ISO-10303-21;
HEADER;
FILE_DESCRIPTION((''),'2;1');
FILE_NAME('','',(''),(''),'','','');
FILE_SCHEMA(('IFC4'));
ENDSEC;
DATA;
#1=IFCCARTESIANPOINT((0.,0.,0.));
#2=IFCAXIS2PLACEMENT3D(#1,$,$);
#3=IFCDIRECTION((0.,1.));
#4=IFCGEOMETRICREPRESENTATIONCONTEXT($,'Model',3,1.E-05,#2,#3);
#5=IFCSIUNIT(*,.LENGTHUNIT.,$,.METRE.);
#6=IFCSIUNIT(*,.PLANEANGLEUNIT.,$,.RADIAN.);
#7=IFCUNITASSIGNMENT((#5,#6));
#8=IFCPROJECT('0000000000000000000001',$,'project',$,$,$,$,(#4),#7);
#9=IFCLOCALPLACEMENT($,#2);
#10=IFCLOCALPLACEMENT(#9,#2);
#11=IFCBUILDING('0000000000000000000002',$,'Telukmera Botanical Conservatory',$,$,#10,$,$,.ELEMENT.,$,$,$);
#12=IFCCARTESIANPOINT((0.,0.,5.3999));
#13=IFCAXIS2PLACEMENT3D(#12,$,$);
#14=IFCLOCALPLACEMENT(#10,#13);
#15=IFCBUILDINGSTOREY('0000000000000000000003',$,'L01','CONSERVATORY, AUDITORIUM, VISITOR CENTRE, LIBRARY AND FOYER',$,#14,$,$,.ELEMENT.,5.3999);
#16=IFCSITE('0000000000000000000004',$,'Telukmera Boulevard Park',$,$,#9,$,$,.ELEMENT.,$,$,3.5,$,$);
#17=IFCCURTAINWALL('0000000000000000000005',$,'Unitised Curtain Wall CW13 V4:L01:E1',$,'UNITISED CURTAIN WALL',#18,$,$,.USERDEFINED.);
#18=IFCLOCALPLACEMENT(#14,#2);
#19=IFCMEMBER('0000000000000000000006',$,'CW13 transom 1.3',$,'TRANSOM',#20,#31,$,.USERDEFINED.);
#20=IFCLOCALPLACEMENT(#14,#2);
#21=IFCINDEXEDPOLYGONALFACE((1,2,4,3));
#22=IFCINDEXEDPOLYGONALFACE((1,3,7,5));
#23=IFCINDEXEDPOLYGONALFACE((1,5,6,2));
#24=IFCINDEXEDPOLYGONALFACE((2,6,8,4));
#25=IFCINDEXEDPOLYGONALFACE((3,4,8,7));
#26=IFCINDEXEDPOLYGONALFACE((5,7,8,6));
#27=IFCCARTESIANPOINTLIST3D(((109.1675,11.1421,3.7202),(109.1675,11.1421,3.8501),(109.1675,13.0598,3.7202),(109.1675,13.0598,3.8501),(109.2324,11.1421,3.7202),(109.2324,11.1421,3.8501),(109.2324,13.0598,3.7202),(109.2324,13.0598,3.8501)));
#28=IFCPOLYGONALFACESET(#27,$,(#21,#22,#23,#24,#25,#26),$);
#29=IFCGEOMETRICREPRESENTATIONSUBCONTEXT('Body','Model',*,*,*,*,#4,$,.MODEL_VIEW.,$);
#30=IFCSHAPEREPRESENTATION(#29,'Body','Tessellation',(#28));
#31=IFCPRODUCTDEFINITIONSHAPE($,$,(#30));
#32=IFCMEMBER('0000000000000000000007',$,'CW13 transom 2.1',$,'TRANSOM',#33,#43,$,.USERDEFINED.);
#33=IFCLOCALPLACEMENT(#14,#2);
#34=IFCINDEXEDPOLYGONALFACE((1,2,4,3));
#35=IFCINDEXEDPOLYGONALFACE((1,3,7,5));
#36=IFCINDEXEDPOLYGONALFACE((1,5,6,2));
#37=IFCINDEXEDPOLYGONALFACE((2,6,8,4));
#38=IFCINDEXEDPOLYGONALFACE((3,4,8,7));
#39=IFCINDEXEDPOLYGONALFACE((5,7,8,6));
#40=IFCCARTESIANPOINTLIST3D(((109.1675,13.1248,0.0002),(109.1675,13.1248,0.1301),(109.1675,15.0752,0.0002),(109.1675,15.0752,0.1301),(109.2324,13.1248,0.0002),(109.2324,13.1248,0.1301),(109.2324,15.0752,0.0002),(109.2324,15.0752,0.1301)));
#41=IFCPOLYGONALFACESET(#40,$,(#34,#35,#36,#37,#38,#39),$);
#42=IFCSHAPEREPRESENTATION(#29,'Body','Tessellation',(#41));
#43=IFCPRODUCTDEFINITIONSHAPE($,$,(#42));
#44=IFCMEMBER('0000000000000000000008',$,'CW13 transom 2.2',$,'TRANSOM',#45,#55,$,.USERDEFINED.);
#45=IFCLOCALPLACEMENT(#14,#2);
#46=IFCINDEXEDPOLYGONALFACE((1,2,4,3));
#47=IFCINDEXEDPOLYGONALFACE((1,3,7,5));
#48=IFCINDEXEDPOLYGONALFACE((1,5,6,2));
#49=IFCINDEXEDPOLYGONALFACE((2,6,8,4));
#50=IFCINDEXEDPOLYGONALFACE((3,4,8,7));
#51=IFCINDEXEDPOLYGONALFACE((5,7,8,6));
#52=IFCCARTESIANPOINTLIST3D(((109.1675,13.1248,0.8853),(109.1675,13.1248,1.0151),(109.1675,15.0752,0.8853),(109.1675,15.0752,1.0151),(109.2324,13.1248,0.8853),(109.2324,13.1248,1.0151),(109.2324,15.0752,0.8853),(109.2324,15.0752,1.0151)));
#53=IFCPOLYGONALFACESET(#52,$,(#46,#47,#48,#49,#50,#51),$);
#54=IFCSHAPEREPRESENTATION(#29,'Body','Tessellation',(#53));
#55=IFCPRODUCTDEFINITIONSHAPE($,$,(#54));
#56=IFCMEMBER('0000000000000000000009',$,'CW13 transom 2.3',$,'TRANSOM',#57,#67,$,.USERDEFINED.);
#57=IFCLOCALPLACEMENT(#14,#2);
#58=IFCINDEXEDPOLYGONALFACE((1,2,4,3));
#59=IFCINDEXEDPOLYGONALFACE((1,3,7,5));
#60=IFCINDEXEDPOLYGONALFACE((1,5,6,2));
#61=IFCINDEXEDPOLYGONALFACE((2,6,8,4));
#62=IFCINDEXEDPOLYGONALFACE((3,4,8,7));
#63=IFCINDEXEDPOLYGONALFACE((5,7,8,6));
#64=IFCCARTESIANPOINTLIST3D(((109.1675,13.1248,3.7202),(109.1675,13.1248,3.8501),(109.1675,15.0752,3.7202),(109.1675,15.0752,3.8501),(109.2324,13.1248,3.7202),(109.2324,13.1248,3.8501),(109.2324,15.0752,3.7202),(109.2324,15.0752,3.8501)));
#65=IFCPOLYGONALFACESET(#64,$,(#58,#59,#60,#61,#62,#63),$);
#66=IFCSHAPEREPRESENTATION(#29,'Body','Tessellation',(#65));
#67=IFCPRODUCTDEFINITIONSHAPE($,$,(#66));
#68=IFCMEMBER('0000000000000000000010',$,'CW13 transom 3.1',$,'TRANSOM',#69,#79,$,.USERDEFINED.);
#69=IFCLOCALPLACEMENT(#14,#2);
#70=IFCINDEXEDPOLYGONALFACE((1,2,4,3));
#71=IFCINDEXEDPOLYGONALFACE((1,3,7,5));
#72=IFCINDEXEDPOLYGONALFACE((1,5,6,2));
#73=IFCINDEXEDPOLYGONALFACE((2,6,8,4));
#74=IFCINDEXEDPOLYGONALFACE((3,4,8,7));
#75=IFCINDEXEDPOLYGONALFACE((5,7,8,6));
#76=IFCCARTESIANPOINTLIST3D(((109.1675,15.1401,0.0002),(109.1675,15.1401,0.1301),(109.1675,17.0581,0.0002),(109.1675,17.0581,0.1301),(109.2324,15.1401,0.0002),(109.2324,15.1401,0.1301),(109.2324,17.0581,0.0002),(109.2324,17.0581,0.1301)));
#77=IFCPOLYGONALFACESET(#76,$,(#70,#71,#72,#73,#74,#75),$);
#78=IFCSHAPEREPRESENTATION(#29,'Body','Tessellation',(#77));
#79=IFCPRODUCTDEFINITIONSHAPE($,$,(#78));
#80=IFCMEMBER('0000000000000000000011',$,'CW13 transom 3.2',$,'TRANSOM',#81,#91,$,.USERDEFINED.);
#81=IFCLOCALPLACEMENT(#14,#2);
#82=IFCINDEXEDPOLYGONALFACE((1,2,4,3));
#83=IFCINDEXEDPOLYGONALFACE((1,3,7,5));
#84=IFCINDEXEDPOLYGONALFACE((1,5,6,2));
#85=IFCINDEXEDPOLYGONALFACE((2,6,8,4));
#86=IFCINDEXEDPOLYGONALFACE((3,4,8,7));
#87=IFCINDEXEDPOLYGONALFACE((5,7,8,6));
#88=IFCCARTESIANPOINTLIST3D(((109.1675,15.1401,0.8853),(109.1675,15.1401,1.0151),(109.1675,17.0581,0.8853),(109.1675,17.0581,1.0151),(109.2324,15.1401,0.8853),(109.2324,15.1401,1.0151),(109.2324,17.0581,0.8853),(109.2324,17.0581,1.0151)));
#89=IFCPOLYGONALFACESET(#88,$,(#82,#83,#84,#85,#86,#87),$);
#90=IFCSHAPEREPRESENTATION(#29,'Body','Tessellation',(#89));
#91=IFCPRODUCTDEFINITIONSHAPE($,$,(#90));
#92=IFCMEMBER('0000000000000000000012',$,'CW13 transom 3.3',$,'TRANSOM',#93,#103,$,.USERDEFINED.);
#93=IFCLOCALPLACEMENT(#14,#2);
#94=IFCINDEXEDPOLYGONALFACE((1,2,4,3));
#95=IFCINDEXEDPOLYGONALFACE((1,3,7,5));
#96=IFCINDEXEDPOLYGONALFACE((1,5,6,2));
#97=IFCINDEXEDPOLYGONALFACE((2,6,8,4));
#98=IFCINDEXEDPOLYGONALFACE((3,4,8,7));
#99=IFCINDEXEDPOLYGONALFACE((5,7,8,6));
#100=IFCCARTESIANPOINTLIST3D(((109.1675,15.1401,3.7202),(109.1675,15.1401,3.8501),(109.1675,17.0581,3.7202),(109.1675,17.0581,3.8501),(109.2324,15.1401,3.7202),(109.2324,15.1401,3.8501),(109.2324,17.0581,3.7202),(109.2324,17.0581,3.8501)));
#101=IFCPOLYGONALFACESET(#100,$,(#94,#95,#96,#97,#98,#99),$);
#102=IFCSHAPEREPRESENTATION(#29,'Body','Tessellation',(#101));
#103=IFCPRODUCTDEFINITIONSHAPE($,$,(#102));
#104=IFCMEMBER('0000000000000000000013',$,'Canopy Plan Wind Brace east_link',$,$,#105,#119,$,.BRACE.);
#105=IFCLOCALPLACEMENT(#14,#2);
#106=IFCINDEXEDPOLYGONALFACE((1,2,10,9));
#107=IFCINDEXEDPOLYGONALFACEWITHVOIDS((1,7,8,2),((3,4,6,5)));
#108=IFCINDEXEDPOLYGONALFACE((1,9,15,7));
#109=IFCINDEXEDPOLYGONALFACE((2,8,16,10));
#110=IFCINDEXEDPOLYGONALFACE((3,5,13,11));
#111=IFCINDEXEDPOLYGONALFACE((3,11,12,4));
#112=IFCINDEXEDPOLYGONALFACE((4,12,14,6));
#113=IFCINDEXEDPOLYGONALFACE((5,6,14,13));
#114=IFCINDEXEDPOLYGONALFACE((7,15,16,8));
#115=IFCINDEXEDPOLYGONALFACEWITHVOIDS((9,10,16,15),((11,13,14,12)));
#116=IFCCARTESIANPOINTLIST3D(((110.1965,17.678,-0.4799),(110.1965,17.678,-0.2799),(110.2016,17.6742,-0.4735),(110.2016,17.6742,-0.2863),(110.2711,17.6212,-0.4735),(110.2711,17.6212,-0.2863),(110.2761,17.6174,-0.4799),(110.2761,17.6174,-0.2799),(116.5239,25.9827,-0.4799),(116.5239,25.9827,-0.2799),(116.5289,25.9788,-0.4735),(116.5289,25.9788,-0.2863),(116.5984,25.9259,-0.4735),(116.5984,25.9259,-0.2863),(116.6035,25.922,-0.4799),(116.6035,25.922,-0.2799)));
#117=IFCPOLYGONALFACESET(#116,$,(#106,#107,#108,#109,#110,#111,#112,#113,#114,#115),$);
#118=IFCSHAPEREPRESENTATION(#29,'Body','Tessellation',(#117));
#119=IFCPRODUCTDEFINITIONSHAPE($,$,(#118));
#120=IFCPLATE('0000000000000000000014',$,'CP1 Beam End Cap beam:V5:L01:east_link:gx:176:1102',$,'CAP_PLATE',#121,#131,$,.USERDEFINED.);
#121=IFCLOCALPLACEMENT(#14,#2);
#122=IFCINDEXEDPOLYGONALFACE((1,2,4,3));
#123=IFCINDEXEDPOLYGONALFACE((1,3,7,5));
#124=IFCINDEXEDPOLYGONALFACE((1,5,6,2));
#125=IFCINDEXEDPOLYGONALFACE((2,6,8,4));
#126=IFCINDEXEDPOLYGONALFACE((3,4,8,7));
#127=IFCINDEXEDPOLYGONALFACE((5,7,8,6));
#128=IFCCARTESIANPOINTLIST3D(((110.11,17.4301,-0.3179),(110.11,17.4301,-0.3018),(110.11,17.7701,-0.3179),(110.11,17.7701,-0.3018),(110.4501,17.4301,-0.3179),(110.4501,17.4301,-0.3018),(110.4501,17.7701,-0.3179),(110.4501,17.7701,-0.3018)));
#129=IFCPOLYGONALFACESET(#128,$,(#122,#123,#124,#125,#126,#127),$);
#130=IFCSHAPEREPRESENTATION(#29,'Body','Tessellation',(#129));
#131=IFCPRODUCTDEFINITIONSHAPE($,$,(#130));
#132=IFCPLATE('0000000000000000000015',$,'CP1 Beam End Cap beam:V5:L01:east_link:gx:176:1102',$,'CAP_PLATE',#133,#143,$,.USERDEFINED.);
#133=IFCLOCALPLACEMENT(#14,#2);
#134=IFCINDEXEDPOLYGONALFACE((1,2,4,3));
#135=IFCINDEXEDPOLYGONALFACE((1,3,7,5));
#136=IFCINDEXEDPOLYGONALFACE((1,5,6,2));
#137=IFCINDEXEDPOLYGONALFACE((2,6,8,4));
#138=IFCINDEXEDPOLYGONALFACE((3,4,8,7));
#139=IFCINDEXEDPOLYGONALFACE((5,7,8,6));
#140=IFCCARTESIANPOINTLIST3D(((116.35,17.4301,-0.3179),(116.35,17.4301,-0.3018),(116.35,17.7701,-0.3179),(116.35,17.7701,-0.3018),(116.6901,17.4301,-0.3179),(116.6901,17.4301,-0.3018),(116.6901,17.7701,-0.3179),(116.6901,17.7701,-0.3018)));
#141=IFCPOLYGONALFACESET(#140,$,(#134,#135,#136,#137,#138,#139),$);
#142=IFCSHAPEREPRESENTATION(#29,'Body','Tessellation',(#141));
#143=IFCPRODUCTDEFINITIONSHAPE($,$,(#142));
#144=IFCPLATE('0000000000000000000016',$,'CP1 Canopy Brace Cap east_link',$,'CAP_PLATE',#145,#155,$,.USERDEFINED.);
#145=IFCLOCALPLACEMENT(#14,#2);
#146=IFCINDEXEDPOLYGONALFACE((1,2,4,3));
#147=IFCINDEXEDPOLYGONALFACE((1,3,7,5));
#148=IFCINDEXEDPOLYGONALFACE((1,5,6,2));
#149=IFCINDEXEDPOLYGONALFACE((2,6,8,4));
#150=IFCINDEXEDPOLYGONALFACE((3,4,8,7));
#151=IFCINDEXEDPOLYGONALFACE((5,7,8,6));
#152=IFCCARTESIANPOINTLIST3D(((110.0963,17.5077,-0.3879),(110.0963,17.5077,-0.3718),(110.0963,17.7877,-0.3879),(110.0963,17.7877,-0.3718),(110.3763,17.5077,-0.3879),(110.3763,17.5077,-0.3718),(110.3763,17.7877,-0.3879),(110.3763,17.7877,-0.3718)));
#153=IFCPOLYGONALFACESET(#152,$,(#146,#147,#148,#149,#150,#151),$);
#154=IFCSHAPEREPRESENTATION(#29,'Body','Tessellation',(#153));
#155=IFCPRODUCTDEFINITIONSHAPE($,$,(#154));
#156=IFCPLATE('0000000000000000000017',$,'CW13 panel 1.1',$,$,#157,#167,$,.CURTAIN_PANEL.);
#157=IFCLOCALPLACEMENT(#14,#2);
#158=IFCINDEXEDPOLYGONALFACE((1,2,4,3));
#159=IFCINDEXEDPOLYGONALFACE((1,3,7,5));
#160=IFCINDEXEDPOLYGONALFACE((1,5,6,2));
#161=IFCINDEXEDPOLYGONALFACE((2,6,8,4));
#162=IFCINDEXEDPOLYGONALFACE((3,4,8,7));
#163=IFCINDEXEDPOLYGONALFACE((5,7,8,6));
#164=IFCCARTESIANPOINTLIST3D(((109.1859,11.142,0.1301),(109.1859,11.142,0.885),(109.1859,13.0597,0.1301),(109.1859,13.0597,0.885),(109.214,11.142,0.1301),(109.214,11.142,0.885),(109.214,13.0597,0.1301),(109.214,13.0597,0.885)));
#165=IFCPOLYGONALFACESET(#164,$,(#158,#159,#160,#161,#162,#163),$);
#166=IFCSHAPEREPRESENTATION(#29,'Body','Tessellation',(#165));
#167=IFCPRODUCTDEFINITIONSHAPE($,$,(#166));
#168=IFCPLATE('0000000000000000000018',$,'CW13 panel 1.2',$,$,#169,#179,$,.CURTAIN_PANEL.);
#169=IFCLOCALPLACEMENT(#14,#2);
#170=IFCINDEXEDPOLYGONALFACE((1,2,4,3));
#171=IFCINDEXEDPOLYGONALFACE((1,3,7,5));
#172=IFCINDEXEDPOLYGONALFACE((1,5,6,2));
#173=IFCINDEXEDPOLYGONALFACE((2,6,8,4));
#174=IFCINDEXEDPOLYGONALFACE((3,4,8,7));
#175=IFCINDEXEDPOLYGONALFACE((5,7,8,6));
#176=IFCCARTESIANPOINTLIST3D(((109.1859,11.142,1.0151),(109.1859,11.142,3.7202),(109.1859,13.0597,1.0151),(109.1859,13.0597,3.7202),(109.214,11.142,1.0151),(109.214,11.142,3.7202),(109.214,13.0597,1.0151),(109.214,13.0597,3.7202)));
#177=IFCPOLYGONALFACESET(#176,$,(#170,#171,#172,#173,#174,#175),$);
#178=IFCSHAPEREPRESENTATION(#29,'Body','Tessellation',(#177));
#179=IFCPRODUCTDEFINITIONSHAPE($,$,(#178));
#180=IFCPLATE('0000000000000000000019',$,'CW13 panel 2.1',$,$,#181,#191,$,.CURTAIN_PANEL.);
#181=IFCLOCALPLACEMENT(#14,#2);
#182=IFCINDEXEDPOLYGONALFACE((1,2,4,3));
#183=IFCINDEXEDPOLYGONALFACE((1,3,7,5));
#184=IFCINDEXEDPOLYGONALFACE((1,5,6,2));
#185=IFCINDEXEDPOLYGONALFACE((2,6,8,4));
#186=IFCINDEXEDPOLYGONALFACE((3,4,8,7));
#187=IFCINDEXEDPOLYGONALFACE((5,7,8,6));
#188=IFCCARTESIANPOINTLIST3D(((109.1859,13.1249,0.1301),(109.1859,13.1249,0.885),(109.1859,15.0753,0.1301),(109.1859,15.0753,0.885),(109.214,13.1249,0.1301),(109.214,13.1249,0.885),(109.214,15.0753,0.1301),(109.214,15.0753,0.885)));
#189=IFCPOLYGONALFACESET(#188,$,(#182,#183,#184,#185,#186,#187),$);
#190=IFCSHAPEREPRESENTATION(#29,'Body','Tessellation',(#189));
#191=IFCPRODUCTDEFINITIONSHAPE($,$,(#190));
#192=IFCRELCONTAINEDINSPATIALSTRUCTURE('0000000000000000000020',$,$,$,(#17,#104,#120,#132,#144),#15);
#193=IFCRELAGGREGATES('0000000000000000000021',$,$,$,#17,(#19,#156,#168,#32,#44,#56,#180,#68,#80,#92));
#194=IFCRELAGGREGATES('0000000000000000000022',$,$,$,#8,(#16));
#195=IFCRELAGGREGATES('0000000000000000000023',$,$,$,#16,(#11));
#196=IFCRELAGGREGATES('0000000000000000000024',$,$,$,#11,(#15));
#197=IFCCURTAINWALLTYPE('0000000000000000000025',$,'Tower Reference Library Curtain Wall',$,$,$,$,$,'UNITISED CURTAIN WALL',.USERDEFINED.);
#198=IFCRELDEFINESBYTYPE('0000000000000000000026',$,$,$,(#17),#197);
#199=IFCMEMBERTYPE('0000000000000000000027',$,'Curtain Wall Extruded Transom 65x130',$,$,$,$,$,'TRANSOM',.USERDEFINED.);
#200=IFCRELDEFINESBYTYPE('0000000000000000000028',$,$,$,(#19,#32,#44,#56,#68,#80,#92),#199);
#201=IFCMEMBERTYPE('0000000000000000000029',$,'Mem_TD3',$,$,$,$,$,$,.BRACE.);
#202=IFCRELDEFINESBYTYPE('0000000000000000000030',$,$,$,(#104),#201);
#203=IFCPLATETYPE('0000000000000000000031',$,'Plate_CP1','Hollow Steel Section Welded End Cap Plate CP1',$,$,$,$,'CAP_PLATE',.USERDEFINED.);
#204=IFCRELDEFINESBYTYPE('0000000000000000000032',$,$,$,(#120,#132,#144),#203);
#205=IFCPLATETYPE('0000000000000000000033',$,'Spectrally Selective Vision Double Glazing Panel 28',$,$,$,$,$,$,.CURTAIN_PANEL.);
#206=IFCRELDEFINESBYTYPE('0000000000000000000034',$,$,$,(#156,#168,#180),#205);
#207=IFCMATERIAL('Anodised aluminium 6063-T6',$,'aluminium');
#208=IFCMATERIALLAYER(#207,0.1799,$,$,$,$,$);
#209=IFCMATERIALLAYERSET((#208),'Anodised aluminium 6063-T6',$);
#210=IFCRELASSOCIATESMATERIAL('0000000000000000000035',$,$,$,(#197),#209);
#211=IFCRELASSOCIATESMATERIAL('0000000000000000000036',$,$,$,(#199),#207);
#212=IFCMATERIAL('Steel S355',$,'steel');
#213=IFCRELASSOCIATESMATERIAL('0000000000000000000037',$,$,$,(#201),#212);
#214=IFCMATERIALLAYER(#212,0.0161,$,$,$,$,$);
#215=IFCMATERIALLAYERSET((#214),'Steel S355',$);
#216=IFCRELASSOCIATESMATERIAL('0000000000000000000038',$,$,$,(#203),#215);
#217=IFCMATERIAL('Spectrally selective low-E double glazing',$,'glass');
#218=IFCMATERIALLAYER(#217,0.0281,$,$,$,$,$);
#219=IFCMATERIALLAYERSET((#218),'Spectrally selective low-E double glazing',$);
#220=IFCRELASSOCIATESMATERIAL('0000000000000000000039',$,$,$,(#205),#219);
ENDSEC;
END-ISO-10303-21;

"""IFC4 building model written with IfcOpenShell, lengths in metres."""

from ifc_helpers import new_model, si_unit, direction, frame, origin, origin_2d, place, context, subcontext, project, spatial, rectangle, hollow_rectangle, extrude, material, layer, layer_set, material_profile, profile_set, type_object, element, aggregate, save


model = new_model("IFC4")

# Units and contexts
model_context = context("Model", 3, precision=1e-05, world=origin(), true_north=direction((0.0, 1.0)))
body_context = subcontext(model_context, "Body", "Model", "MODEL_VIEW")
ifc_project = project(units=[si_unit("LENGTHUNIT", "METRE"), si_unit("PLANEANGLEUNIT", "RADIAN")], contexts=[model_context])

# Site, building, storey
site_placement = place(None, origin())
site = spatial("IfcSite", under=ifc_project, at=site_placement, Name="Telukmera Boulevard Park", CompositionType="ELEMENT", RefElevation=3.5)
building_placement = place(site_placement, origin())
building = spatial("IfcBuilding", under=site, at=building_placement, Name="Telukmera Botanical Conservatory", CompositionType="ELEMENT")
storey_placement = place(building_placement, frame((0.0, 0.0, 5.3999)))
storey = spatial("IfcBuildingStorey", under=building, at=storey_placement, Name="L01", Description="CONSERVATORY, AUDITORIUM, VISITOR CENTRE, LIBRARY AND FOYER", CompositionType="ELEMENT", Elevation=5.3999)

# Shared definitions
ifc_material_1 = material(Name="Steel S355", Category="steel")

# Curtain wall, members
ifc_material_2 = material(Name="Anodised aluminium 6063-T6", Category="aluminium")
ifc_layer_1 = layer(ifc_material_2, 0.1799)
ifc_layer_set_1 = layer_set([ifc_layer_1], Name="Anodised aluminium 6063-T6")
curtain_wall_type = type_object("IfcCurtainWallType", Name="Tower Reference Library Curtain Wall", ElementType="UNITISED CURTAIN WALL", PredefinedType="USERDEFINED", material=ifc_layer_set_1)
curtain_wall_placement = place(storey_placement, origin())
curtain_wall = element("IfcCurtainWall", 1, at=curtain_wall_placement, inside=storey, type_object=curtain_wall_type, Name="Unitised Curtain Wall CW13 V4:L01:E1", ObjectType="UNITISED CURTAIN WALL", PredefinedType="USERDEFINED")
ifc_material_profile_1 = material_profile(ifc_material_2, rectangle(XDim=0.0649, YDim=0.1299, at=origin_2d()), Name="ALU TRAN 65x130")
ifc_profile_set_1 = profile_set([ifc_material_profile_1], Name="Anodised aluminium 6063-T6")
member_type_1 = type_object("IfcMemberType", Name="Curtain Wall Extruded Transom 65x130", ElementType="TRANSOM", PredefinedType="USERDEFINED", material=ifc_profile_set_1)
member_1_placement = place(storey_placement, frame((109.2, 11.1421, 3.7852), z_axis=(0.0, 1.0, 0.0), x_axis=(-1.0, 0.0, 0.0)))
member_1 = element("IfcMember", 2, at=member_1_placement, type_object=member_type_1, Name="CW13 transom 1.3", ObjectType="TRANSOM", PredefinedType="USERDEFINED", context=body_context, shape_type="SweptSolid", body=[
    extrude(rectangle(XDim=0.0649, YDim=0.1299, at=origin_2d()), origin(), (0.0, 0.0, 1.0), 1.9177),
])
member_2_placement = place(storey_placement, frame((109.2, 13.1248, 0.0652), z_axis=(0.0, 1.0, 0.0), x_axis=(-1.0, 0.0, 0.0)))
member_2 = element("IfcMember", 3, at=member_2_placement, type_object=member_type_1, Name="CW13 transom 2.1", ObjectType="TRANSOM", PredefinedType="USERDEFINED", context=body_context, shape_type="SweptSolid", body=[
    extrude(rectangle(XDim=0.0649, YDim=0.1299, at=origin_2d()), origin(), (0.0, 0.0, 1.0), 1.9504),
])
member_3_placement = place(storey_placement, frame((109.2, 13.1248, 0.9502), z_axis=(0.0, 1.0, 0.0), x_axis=(-1.0, 0.0, 0.0)))
member_3 = element("IfcMember", 4, at=member_3_placement, type_object=member_type_1, Name="CW13 transom 2.2", ObjectType="TRANSOM", PredefinedType="USERDEFINED", context=body_context, shape_type="SweptSolid", body=[
    extrude(rectangle(XDim=0.0649, YDim=0.1299, at=origin_2d()), origin(), (0.0, 0.0, 1.0), 1.9504),
])
member_4_placement = place(storey_placement, frame((109.2, 13.1248, 3.7852), z_axis=(0.0, 1.0, 0.0), x_axis=(-1.0, 0.0, 0.0)))
member_4 = element("IfcMember", 5, at=member_4_placement, type_object=member_type_1, Name="CW13 transom 2.3", ObjectType="TRANSOM", PredefinedType="USERDEFINED", context=body_context, shape_type="SweptSolid", body=[
    extrude(rectangle(XDim=0.0649, YDim=0.1299, at=origin_2d()), origin(), (0.0, 0.0, 1.0), 1.9504),
])
member_5_placement = place(storey_placement, frame((109.2, 15.1401, 0.0652), z_axis=(0.0, 1.0, 0.0), x_axis=(-1.0, 0.0, 0.0)))
member_5 = element("IfcMember", 6, at=member_5_placement, type_object=member_type_1, Name="CW13 transom 3.1", ObjectType="TRANSOM", PredefinedType="USERDEFINED", context=body_context, shape_type="SweptSolid", body=[
    extrude(rectangle(XDim=0.0649, YDim=0.1299, at=origin_2d()), origin(), (0.0, 0.0, 1.0), 1.918),
])
member_6_placement = place(storey_placement, frame((109.2, 15.1401, 0.9502), z_axis=(0.0, 1.0, 0.0), x_axis=(-1.0, 0.0, 0.0)))
member_6 = element("IfcMember", 7, at=member_6_placement, type_object=member_type_1, Name="CW13 transom 3.2", ObjectType="TRANSOM", PredefinedType="USERDEFINED", context=body_context, shape_type="SweptSolid", body=[
    extrude(rectangle(XDim=0.0649, YDim=0.1299, at=origin_2d()), origin(), (0.0, 0.0, 1.0), 1.918),
])
member_7_placement = place(storey_placement, frame((109.2, 15.1401, 3.7852), z_axis=(0.0, 1.0, 0.0), x_axis=(-1.0, 0.0, 0.0)))
member_7 = element("IfcMember", 8, at=member_7_placement, type_object=member_type_1, Name="CW13 transom 3.3", ObjectType="TRANSOM", PredefinedType="USERDEFINED", context=body_context, shape_type="SweptSolid", body=[
    extrude(rectangle(XDim=0.0649, YDim=0.1299, at=origin_2d()), origin(), (0.0, 0.0, 1.0), 1.918),
])

# Member
ifc_material_profile_2 = material_profile(ifc_material_1, hollow_rectangle(XDim=0.1001, YDim=0.2, WallThickness=0.0063, at=origin_2d()), Name="RHS 200x100x6.3")
ifc_profile_set_2 = profile_set([ifc_material_profile_2], Name="Steel S355")
member_type_2 = type_object("IfcMemberType", Name="Mem_TD3", PredefinedType="BRACE", material=ifc_profile_set_2)
member_8_placement = place(storey_placement, frame((110.2363, 17.6477, -0.3799), z_axis=(0.606044, 0.795431, 0.0), x_axis=(-0.795431, 0.606044, 0.0)))
element("IfcMember", 9, at=member_8_placement, inside=storey, type_object=member_type_2, Name="Canopy Plan Wind Brace east_link", PredefinedType="BRACE", context=body_context, shape_type="SweptSolid", body=[
    extrude(hollow_rectangle(XDim=0.1001, YDim=0.2, WallThickness=0.0063, at=origin_2d()), origin(), (0.0, 0.0, 1.0), 10.4404),
])

# Plates
ifc_layer_2 = layer(ifc_material_1, 0.0161)
ifc_layer_set_2 = layer_set([ifc_layer_2], Name="Steel S355")
plate_type_1 = type_object("IfcPlateType", Name="Plate_CP1", Description="Hollow Steel Section Welded End Cap Plate CP1", ElementType="CAP_PLATE", PredefinedType="USERDEFINED", material=ifc_layer_set_2)
for number, where, z_axis, x_axis, name in (
    (10, (110.28, 17.6001, -0.3179), (0.0, 0.0, 1.0), (1.0, 0.0, 0.0), "CP1 Beam End Cap beam:V5:L01:east_link:gx:176:1102"),
    (11, (116.52, 17.6001, -0.3179), (0.0, 0.0, 1.0), (1.0, 0.0, 0.0), "CP1 Beam End Cap beam:V5:L01:east_link:gx:176:1102"),
):
    element("IfcPlate", number, at=place(storey_placement, frame(where, z_axis=z_axis, x_axis=x_axis)), inside=storey, type_object=plate_type_1, Name=name, ObjectType="CAP_PLATE", PredefinedType="USERDEFINED", context=body_context, shape_type="SweptSolid", body=[
        extrude(rectangle(XDim=0.3401, YDim=0.3401, at=origin_2d()), origin(), (0.0, 0.0, 1.0), 0.0161),
    ])
plate_1_placement = place(storey_placement, frame((110.2363, 17.6477, -0.3879), z_axis=(0.0, 0.0, 1.0), x_axis=(1.0, 0.0, 0.0)))
element("IfcPlate", 12, at=plate_1_placement, inside=storey, type_object=plate_type_1, Name="CP1 Canopy Brace Cap east_link", ObjectType="CAP_PLATE", PredefinedType="USERDEFINED", context=body_context, shape_type="SweptSolid", body=[
    extrude(rectangle(XDim=0.28, YDim=0.28, at=origin_2d()), origin(), (0.0, 0.0, 1.0), 0.0161),
])

# Plates
ifc_material_3 = material(Name="Spectrally selective low-E double glazing", Category="glass")
ifc_layer_3 = layer(ifc_material_3, 0.0281)
ifc_layer_set_3 = layer_set([ifc_layer_3], Name="Spectrally selective low-E double glazing")
plate_type_2 = type_object("IfcPlateType", Name="Spectrally Selective Vision Double Glazing Panel 28", PredefinedType="CURTAIN_PANEL", material=ifc_layer_set_3)
plate_2_placement = place(storey_placement, frame((109.2, 12.1008, 0.1301), z_axis=(0.0, 0.0, 1.0), x_axis=(0.0, 1.0, 0.0)))
plate_2 = element("IfcPlate", 13, at=plate_2_placement, type_object=plate_type_2, Name="CW13 panel 1.1", PredefinedType="CURTAIN_PANEL", context=body_context, shape_type="SweptSolid", body=[
    extrude(rectangle(XDim=1.9177, YDim=0.0281, at=origin_2d()), origin(), (0.0, 0.0, 1.0), 0.7549),
])
plate_3_placement = place(storey_placement, frame((109.2, 12.1008, 1.0151), z_axis=(0.0, 0.0, 1.0), x_axis=(0.0, 1.0, 0.0)))
plate_3 = element("IfcPlate", 14, at=plate_3_placement, type_object=plate_type_2, Name="CW13 panel 1.2", PredefinedType="CURTAIN_PANEL", context=body_context, shape_type="SweptSolid", body=[
    extrude(rectangle(XDim=1.9177, YDim=0.0281, at=origin_2d()), origin(), (0.0, 0.0, 1.0), 2.7051),
])
plate_4_placement = place(storey_placement, frame((109.2, 14.1001, 0.1301), z_axis=(0.0, 0.0, 1.0), x_axis=(0.0, 1.0, 0.0)))
plate_4 = element("IfcPlate", 15, at=plate_4_placement, type_object=plate_type_2, Name="CW13 panel 2.1", PredefinedType="CURTAIN_PANEL", context=body_context, shape_type="SweptSolid", body=[
    extrude(rectangle(XDim=1.9504, YDim=0.0281, at=origin_2d()), origin(), (0.0, 0.0, 1.0), 0.7549),
])
aggregate(curtain_wall, [member_1, plate_2, plate_3, member_2, member_3, member_4, plate_4, member_5, member_6, member_7])

save(model, "model.ifc")
